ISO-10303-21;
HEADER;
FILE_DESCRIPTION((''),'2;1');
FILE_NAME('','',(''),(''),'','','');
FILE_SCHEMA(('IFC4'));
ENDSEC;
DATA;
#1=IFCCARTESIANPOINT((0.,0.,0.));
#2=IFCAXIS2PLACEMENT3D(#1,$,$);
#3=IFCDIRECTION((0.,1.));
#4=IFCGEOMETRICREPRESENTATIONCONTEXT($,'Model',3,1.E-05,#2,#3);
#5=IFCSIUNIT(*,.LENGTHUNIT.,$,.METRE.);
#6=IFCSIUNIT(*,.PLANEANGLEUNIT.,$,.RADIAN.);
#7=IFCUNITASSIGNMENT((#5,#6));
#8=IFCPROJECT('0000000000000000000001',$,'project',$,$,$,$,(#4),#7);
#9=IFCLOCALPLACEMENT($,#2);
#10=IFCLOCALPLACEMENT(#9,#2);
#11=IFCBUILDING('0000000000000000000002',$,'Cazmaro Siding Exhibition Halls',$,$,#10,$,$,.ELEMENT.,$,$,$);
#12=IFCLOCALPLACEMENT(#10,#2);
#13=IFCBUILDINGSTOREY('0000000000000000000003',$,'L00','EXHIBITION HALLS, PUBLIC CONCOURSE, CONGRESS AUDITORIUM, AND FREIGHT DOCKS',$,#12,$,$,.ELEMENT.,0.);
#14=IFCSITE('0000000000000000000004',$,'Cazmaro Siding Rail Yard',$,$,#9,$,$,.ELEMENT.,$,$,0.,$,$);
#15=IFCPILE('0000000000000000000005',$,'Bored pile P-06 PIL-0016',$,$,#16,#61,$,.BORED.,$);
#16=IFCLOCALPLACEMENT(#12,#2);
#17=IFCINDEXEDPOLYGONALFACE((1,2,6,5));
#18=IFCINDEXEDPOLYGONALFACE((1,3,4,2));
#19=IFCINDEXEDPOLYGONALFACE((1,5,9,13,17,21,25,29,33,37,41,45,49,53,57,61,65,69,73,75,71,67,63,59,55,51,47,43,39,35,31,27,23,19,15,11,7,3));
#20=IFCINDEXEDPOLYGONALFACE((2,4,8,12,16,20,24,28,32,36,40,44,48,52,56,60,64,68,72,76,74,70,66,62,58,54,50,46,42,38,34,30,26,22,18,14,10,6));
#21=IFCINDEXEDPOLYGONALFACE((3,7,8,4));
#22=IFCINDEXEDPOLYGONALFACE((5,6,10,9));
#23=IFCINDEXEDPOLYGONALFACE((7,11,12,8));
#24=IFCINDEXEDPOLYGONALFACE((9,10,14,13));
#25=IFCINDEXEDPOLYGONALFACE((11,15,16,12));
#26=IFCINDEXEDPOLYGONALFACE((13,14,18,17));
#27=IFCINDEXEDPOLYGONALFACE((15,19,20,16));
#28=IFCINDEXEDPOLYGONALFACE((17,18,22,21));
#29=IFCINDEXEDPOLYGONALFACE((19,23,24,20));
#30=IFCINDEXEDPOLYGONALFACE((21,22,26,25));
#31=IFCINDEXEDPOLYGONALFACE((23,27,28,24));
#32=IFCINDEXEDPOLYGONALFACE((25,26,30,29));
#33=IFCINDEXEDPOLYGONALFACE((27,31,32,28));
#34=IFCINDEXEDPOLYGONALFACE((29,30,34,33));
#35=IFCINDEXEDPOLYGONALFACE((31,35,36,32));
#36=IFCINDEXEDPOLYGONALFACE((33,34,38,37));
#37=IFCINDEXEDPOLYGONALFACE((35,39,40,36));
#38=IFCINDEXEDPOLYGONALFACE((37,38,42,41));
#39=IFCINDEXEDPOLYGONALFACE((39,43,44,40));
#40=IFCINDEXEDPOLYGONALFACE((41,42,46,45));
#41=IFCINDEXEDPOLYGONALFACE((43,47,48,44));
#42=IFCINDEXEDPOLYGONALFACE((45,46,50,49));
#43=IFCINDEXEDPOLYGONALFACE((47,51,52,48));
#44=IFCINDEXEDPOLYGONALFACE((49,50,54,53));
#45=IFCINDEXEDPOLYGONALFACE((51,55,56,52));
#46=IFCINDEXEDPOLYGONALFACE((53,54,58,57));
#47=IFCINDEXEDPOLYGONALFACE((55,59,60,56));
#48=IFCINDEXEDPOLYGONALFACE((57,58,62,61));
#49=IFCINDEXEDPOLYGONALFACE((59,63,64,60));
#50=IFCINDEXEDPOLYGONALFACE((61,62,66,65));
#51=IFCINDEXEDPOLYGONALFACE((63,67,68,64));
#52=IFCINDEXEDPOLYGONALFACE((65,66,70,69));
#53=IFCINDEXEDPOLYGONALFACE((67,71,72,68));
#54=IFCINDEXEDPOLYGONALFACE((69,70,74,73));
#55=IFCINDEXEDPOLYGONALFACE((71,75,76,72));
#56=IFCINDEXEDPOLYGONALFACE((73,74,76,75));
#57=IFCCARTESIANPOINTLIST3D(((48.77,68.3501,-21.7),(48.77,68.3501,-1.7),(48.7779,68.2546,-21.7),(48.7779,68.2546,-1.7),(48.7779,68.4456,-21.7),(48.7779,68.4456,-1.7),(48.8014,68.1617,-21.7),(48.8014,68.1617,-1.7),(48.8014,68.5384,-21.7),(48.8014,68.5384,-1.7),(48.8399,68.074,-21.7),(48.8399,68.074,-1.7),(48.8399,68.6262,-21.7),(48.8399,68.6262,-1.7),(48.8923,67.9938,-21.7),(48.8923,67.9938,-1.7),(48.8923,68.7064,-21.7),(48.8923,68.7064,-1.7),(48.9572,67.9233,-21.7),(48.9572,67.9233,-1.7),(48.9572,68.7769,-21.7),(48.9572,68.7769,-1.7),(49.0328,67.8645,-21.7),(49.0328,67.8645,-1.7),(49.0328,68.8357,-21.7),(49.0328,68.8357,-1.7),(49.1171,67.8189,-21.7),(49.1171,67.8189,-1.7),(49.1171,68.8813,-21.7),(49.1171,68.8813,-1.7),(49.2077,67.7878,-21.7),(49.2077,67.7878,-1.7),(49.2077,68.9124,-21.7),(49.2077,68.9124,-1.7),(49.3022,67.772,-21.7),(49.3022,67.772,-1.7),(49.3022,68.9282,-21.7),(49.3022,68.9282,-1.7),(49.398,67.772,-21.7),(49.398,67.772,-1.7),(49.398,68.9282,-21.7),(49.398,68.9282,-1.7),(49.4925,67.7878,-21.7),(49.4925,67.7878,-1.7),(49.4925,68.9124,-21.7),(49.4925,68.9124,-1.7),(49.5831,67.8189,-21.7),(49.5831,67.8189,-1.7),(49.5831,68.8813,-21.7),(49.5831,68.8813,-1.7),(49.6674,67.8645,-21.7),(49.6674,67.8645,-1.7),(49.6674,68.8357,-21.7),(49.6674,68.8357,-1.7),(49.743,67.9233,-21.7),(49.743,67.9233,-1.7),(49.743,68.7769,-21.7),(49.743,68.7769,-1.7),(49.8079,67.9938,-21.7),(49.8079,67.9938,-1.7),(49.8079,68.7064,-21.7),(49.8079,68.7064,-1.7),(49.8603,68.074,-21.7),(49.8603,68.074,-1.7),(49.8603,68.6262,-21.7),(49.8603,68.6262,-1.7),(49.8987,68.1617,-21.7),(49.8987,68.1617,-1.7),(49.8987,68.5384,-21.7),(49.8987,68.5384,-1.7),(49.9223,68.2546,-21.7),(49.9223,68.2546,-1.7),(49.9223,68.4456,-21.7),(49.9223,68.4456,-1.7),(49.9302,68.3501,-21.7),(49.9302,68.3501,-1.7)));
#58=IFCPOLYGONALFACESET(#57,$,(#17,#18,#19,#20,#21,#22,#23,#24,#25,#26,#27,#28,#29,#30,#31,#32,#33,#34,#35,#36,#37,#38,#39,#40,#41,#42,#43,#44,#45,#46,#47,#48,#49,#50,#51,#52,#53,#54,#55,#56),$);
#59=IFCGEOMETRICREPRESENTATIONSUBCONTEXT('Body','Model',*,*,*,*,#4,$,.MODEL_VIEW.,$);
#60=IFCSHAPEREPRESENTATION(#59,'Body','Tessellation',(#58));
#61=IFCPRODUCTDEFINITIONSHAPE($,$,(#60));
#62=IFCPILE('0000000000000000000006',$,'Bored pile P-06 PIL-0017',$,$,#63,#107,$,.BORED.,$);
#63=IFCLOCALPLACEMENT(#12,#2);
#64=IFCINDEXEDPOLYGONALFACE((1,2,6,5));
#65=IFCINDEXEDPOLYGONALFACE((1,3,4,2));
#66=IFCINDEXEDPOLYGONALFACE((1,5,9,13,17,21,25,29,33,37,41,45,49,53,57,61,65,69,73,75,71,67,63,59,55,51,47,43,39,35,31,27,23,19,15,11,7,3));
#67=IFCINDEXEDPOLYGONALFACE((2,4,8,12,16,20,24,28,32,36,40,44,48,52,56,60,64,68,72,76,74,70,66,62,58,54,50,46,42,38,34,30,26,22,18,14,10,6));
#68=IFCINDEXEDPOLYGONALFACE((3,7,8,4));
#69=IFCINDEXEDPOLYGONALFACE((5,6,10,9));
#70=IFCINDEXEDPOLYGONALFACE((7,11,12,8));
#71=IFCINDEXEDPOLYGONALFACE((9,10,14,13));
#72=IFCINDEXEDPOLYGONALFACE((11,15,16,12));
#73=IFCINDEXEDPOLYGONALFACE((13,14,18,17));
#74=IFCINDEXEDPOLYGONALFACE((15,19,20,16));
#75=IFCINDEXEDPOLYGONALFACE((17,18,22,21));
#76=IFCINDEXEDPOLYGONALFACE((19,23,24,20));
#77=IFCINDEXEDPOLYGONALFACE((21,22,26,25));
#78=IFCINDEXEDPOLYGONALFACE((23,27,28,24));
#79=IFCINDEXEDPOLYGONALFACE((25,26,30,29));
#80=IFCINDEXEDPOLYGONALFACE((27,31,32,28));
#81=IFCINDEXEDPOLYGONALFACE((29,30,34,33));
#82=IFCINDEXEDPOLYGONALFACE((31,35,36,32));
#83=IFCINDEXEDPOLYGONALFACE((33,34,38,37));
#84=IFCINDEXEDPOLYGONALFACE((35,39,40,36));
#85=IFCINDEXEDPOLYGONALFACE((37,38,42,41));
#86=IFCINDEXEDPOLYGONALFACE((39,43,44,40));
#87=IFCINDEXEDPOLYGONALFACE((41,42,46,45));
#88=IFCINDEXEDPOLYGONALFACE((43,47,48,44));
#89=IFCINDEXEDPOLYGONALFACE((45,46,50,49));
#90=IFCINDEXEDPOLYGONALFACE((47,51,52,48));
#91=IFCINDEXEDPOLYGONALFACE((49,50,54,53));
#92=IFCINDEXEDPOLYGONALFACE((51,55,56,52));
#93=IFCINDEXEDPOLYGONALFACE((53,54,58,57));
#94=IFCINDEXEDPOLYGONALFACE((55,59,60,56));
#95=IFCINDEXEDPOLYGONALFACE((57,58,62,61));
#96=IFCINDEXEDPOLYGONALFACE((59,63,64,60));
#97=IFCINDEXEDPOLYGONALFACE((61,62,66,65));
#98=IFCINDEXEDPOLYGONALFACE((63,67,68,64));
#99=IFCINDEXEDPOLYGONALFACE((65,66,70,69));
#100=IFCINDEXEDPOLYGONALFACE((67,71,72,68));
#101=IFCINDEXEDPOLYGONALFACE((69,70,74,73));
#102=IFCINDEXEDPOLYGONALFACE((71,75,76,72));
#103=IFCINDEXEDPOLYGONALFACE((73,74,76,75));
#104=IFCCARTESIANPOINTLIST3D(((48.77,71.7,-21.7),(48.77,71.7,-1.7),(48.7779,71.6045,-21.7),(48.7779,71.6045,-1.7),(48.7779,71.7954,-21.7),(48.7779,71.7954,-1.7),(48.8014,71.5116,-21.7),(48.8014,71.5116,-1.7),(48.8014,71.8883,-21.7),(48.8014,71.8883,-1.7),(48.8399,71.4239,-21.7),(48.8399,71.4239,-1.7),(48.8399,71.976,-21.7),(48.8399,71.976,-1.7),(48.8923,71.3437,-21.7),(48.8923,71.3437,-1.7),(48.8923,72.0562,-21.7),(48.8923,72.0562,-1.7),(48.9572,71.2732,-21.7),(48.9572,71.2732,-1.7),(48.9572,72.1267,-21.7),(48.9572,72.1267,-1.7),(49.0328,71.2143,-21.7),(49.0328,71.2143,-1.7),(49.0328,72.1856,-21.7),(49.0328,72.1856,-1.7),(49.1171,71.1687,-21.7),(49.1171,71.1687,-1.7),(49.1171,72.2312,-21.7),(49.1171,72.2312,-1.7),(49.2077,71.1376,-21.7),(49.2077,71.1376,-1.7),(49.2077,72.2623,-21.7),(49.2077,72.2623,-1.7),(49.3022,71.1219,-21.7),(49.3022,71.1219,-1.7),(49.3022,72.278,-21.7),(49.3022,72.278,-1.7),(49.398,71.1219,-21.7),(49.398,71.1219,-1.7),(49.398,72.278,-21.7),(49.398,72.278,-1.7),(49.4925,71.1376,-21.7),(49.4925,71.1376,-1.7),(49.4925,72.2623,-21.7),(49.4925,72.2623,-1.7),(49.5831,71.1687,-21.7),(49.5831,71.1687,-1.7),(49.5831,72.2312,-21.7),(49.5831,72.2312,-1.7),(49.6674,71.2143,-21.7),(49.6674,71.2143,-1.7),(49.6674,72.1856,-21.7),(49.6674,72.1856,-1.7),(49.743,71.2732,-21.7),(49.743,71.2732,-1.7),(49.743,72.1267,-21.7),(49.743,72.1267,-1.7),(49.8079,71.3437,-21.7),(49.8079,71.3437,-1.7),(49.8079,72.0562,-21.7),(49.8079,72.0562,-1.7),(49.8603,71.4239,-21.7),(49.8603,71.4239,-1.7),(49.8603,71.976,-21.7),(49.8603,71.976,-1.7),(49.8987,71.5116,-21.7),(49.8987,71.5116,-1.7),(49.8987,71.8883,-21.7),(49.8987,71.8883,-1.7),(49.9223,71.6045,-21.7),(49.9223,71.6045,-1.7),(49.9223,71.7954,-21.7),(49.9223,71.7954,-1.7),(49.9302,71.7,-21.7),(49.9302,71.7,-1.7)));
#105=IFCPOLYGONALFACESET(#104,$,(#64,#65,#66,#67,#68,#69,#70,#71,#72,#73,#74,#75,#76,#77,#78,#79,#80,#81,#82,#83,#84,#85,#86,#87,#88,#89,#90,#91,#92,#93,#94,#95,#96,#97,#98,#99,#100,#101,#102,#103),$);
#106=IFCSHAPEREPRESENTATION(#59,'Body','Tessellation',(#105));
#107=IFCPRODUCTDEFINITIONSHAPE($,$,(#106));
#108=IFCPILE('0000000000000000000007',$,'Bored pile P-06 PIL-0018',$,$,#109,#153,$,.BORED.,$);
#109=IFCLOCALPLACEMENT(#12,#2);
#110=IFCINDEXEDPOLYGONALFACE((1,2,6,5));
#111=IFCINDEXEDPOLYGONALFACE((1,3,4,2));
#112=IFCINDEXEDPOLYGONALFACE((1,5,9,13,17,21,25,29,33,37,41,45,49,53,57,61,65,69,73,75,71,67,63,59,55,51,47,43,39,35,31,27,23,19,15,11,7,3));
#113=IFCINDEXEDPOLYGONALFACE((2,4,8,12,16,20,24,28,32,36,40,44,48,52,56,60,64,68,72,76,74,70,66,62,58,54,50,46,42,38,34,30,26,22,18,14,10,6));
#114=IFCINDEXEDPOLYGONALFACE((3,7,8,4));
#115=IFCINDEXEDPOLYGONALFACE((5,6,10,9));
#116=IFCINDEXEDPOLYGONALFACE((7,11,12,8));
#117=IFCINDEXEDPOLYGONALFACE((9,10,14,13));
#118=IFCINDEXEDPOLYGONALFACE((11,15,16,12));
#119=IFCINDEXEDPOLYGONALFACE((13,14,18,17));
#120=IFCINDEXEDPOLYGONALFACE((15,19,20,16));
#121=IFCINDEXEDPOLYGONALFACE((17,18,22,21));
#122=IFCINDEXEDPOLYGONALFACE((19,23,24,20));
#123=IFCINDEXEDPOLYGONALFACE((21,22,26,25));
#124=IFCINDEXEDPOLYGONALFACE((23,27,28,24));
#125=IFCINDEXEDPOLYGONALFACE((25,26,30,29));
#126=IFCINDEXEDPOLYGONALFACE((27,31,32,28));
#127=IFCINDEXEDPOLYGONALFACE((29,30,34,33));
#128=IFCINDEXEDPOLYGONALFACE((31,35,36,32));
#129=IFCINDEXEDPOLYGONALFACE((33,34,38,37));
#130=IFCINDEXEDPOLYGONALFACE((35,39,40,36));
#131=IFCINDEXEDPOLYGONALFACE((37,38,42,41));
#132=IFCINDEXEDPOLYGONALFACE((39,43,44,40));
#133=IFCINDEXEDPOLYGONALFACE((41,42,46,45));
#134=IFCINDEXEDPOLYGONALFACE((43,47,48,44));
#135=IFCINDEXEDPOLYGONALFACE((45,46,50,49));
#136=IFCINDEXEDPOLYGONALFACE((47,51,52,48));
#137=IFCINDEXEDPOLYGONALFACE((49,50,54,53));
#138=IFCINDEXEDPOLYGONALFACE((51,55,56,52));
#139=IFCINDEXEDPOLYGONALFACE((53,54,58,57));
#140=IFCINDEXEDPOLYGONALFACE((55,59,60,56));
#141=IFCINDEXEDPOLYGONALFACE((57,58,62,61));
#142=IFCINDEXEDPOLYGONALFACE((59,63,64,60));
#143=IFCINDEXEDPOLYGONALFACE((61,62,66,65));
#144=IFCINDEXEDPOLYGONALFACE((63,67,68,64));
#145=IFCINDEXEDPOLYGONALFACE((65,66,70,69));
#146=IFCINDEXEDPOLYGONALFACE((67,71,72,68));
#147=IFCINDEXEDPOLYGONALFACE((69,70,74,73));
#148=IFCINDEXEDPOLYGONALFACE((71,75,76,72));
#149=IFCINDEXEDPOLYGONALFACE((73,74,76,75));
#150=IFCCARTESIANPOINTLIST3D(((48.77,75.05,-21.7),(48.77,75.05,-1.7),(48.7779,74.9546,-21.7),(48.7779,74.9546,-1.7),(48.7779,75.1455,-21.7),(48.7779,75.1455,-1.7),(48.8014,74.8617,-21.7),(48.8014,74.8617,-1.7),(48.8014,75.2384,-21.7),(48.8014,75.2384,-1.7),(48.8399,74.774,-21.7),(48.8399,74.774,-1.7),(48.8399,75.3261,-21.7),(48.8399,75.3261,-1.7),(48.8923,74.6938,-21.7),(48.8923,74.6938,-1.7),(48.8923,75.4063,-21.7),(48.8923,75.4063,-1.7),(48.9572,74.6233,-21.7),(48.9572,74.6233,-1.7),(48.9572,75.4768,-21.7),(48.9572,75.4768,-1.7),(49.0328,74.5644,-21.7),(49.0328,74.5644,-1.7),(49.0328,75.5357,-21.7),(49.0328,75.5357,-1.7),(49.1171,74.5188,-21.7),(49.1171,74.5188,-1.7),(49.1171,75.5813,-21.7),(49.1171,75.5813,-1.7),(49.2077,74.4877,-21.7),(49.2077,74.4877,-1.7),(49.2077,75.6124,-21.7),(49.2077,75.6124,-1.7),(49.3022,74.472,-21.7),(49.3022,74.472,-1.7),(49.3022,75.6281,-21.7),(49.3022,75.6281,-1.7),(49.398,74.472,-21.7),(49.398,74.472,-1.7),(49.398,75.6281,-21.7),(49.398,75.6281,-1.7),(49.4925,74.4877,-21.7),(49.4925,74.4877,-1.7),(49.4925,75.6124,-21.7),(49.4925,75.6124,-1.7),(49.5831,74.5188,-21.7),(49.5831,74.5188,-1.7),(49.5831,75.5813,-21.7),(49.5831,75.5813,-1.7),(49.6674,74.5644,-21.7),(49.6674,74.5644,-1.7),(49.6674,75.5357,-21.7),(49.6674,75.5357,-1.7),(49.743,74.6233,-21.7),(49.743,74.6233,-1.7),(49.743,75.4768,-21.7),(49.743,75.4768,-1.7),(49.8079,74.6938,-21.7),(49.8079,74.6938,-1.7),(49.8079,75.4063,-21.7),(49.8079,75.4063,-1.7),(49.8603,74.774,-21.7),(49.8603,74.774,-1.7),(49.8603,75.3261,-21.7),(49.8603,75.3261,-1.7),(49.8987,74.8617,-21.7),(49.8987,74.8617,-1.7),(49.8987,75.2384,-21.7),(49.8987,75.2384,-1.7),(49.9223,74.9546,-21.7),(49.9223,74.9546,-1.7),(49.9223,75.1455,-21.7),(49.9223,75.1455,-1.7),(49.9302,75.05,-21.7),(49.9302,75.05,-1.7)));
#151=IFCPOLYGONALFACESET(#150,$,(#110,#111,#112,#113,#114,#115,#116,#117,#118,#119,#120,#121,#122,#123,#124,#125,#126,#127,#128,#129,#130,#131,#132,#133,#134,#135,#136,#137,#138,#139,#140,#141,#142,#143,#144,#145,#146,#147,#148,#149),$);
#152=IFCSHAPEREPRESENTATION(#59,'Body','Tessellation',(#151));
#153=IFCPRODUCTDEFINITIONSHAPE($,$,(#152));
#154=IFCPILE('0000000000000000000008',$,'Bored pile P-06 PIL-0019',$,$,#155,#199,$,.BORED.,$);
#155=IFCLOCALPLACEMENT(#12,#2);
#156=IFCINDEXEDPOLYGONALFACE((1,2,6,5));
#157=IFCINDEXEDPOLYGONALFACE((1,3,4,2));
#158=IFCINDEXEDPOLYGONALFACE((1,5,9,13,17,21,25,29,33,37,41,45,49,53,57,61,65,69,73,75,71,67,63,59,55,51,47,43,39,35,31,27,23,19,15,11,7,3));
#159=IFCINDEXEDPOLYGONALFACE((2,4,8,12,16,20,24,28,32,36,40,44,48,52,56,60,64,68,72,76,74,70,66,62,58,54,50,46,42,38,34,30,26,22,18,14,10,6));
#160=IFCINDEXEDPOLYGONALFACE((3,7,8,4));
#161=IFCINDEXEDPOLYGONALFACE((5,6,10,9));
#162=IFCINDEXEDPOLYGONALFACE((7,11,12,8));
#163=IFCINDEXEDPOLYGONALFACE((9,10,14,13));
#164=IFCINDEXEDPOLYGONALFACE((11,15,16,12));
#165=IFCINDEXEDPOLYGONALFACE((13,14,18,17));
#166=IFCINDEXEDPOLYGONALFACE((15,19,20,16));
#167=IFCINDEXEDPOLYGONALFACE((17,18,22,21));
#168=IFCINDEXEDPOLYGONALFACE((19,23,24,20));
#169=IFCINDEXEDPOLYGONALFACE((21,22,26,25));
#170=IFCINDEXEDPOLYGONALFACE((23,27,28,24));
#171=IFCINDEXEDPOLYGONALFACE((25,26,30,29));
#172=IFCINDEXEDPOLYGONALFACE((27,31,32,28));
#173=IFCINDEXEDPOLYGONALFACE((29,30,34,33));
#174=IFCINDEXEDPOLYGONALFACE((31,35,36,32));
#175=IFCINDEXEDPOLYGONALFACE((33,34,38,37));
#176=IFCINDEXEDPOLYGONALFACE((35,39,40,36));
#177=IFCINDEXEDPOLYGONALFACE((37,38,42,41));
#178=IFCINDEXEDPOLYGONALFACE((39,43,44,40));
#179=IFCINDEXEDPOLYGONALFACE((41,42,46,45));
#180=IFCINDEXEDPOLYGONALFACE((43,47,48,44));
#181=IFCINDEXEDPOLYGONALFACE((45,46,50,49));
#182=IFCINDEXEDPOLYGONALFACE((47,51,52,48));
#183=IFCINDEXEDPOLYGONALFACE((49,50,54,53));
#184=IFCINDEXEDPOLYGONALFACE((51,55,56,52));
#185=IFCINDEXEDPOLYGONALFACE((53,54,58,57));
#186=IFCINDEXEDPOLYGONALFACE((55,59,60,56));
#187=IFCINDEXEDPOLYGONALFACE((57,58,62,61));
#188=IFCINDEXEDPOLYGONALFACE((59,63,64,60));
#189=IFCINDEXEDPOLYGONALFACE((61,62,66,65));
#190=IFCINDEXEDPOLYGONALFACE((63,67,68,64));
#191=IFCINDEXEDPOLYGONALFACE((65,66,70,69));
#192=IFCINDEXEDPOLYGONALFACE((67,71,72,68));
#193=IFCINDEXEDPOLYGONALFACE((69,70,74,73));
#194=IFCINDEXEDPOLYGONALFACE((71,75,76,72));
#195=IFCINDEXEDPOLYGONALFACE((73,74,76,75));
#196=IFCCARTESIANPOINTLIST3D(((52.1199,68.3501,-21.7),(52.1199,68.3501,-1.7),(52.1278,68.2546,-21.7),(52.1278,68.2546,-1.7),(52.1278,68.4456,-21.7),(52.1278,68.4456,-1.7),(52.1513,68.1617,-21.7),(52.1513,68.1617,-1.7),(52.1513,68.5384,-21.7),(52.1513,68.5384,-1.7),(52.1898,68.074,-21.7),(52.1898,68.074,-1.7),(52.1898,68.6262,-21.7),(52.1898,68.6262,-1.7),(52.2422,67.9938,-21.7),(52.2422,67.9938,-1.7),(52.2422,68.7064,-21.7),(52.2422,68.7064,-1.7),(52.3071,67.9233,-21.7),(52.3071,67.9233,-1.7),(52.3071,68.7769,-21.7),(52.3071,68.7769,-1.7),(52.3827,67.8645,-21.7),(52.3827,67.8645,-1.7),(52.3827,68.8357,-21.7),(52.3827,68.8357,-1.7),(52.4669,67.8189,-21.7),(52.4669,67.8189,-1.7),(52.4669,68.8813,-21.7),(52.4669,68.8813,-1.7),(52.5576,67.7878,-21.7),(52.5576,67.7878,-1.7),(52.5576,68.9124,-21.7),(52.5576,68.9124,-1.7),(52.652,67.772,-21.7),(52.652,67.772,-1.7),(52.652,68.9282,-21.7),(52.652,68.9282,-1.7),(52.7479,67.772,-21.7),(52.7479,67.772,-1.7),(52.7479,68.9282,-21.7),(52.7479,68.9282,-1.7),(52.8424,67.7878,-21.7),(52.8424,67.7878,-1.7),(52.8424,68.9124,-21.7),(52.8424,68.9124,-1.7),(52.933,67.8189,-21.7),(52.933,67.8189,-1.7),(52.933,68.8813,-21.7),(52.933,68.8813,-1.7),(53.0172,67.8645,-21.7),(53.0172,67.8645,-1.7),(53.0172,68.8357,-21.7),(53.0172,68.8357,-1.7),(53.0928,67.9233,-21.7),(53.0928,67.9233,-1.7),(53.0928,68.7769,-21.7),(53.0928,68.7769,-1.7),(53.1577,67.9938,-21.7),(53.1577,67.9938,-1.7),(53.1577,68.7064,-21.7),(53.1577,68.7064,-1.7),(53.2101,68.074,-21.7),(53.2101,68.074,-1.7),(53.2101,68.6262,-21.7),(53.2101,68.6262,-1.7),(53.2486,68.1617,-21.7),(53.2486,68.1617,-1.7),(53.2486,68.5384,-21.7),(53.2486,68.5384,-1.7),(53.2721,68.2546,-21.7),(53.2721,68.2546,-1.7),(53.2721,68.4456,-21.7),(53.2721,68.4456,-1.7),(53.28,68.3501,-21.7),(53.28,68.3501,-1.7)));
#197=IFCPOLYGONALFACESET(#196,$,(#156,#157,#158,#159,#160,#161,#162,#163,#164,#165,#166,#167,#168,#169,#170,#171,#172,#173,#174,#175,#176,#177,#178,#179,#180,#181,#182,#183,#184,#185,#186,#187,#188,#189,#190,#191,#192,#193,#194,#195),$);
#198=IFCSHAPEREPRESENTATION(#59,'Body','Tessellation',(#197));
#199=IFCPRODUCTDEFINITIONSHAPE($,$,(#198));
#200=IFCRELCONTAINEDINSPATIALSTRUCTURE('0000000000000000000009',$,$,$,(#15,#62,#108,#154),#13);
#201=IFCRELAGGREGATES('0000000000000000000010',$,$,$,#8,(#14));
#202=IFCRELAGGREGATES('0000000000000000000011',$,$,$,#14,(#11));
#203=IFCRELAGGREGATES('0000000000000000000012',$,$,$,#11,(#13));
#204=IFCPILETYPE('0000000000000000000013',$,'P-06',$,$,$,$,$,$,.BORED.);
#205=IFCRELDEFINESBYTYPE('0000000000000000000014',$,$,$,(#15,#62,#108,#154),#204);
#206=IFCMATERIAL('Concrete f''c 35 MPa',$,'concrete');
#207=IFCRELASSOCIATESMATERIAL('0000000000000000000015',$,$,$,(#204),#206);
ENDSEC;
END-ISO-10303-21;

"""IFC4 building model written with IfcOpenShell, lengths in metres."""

from ifc_helpers import new_model, si_unit, direction, frame, origin, origin_2d, place, context, subcontext, project, spatial, circle, extrude, material, material_profile, profile_set, type_object, element, save


model = new_model("IFC4")

# Units and contexts
model_context = context("Model", 3, precision=1e-05, world=origin(), true_north=direction((0.0, 1.0)))
body_context = subcontext(model_context, "Body", "Model", "MODEL_VIEW")
ifc_project = project(units=[si_unit("LENGTHUNIT", "METRE"), si_unit("PLANEANGLEUNIT", "RADIAN")], contexts=[model_context])

# Site, building, storey
site_placement = place(None, origin())
site = spatial("IfcSite", under=ifc_project, at=site_placement, Name="Cazmaro Siding Rail Yard", CompositionType="ELEMENT", RefElevation=0.0)
building_placement = place(site_placement, origin())
building = spatial("IfcBuilding", under=site, at=building_placement, Name="Cazmaro Siding Exhibition Halls", CompositionType="ELEMENT")
storey_placement = place(building_placement, origin())
storey = spatial("IfcBuildingStorey", under=building, at=storey_placement, Name="L00", Description="EXHIBITION HALLS, PUBLIC CONCOURSE, CONGRESS AUDITORIUM, AND FREIGHT DOCKS", CompositionType="ELEMENT", Elevation=0.0)

# Piles
ifc_material_1 = material(Name="Concrete f'c 35 MPa", Category="concrete")
ifc_material_profile_1 = material_profile(ifc_material_1, circle(Radius=0.5801, at=origin_2d()), Name="CIDH-1160")
ifc_profile_set_1 = profile_set([ifc_material_profile_1], Name="Concrete f'c 35 MPa")
pile_type = type_object("IfcPileType", Name="P-06", PredefinedType="BORED", material=ifc_profile_set_1)
for number, where, z_axis, x_axis, name in (
    (1, (49.3501, 68.3501, -1.7), (0.0, 0.0, -1.0), (1.0, 0.0, 0.0), "Bored pile P-06 PIL-0016"),
    (2, (49.3501, 71.7, -1.7), (0.0, 0.0, -1.0), (1.0, 0.0, 0.0), "Bored pile P-06 PIL-0017"),
    (3, (49.3501, 75.05, -1.7), (0.0, 0.0, -1.0), (1.0, 0.0, 0.0), "Bored pile P-06 PIL-0018"),
    (4, (52.7, 68.3501, -1.7), (0.0, 0.0, -1.0), (1.0, 0.0, 0.0), "Bored pile P-06 PIL-0019"),
):
    element("IfcPile", number, at=place(storey_placement, frame(where, z_axis=z_axis, x_axis=x_axis)), inside=storey, type_object=pile_type, Name=name, PredefinedType="BORED", context=body_context, shape_type="SweptSolid", body=[
        extrude(circle(Radius=0.5801, at=origin_2d()), origin(), (0.0, 0.0, 1.0), 20.0),
    ])

save(model, "model.ifc")
